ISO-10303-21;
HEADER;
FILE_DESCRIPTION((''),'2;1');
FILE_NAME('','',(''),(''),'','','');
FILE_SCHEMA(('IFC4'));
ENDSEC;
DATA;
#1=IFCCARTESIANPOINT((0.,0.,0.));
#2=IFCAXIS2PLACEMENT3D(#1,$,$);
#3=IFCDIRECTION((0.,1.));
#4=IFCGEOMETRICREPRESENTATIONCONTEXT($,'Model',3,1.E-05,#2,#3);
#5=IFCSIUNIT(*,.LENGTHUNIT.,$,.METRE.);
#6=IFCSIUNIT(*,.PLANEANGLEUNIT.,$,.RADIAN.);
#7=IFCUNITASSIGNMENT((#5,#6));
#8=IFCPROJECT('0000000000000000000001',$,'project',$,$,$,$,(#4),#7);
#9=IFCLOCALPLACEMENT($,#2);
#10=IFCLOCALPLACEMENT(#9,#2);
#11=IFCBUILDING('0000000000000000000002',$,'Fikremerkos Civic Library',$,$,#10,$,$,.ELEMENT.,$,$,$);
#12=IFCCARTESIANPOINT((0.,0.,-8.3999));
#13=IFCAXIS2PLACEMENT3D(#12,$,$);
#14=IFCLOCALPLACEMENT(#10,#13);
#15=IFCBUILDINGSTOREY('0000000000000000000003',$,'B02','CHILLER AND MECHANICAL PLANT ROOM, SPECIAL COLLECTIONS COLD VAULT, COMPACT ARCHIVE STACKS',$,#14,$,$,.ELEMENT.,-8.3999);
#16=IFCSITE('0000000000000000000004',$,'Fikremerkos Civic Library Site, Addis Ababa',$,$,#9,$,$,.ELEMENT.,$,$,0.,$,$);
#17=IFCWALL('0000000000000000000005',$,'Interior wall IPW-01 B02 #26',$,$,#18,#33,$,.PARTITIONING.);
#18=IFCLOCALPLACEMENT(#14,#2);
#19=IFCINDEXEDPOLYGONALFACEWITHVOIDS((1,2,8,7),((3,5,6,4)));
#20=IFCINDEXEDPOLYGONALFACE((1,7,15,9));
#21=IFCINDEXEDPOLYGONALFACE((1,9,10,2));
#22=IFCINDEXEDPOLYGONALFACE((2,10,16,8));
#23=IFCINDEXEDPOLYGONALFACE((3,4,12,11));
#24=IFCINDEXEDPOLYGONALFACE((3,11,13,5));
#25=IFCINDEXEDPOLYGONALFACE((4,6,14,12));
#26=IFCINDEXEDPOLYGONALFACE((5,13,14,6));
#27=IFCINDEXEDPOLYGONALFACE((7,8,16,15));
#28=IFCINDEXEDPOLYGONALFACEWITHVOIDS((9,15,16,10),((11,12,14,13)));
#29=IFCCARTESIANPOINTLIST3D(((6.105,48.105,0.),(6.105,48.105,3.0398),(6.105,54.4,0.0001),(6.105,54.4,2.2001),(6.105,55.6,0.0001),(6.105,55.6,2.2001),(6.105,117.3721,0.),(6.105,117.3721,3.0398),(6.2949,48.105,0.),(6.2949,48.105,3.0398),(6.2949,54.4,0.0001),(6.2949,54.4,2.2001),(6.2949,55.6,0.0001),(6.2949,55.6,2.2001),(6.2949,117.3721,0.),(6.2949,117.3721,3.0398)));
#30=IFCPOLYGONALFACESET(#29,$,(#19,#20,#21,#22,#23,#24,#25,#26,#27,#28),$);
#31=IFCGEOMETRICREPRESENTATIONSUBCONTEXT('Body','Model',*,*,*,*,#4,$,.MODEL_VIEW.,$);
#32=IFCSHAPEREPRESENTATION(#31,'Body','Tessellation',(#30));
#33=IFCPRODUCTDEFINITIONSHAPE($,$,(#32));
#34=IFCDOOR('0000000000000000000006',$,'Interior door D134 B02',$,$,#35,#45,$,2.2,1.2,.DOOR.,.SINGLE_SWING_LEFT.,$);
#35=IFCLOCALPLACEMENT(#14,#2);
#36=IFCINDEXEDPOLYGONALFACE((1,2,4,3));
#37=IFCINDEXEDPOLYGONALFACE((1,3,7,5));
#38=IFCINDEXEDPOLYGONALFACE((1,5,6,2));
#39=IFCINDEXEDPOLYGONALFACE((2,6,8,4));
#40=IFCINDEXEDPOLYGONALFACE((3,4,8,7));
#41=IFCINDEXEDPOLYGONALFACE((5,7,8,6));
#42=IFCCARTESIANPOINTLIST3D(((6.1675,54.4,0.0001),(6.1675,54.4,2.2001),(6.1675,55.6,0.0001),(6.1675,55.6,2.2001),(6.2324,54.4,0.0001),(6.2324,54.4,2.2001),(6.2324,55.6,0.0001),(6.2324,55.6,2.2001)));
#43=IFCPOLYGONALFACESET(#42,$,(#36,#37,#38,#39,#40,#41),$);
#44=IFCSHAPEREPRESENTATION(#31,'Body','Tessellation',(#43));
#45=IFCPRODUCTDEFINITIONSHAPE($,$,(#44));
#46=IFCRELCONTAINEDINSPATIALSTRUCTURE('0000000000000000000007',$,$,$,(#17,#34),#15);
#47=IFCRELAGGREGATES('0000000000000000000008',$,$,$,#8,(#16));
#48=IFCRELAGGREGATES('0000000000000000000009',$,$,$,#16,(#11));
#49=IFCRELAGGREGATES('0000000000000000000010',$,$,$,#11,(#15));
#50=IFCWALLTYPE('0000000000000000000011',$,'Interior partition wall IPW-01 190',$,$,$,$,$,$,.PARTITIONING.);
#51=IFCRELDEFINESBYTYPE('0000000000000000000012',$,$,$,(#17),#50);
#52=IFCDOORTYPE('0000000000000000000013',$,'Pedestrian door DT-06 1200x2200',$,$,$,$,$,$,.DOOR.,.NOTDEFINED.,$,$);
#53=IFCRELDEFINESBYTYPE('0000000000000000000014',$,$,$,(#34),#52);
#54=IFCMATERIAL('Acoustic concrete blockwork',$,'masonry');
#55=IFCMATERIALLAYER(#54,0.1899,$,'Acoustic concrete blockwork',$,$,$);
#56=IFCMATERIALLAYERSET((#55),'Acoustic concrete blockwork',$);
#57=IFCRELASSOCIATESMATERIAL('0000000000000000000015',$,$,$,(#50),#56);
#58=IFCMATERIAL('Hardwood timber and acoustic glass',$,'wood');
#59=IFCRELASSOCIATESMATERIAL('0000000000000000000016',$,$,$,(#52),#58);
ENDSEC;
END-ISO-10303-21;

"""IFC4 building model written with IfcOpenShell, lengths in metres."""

from ifc_helpers import new_model, si_unit, direction, frame, frame_2d, origin, place, context, subcontext, project, spatial, rectangle, extrude, material, layer, layer_set, type_object, element, fill, save


model = new_model("IFC4")

# Units and contexts
model_context = context("Model", 3, precision=1e-05, world=origin(), true_north=direction((0.0, 1.0)))
body_context = subcontext(model_context, "Body", "Model", "MODEL_VIEW")
ifc_project = project(units=[si_unit("LENGTHUNIT", "METRE"), si_unit("PLANEANGLEUNIT", "RADIAN")], contexts=[model_context])

# Site, building, storey
site_placement = place(None, origin())
site = spatial("IfcSite", under=ifc_project, at=site_placement, Name="Fikremerkos Civic Library Site, Addis Ababa", CompositionType="ELEMENT", RefElevation=0.0)
building_placement = place(site_placement, origin())
building = spatial("IfcBuilding", under=site, at=building_placement, Name="Fikremerkos Civic Library", CompositionType="ELEMENT")
storey_placement = place(building_placement, frame((0.0, 0.0, -8.3999)))
storey = spatial("IfcBuildingStorey", under=building, at=storey_placement, Name="B02", Description="CHILLER AND MECHANICAL PLANT ROOM, SPECIAL COLLECTIONS COLD VAULT, COMPACT ARCHIVE STACKS", CompositionType="ELEMENT", Elevation=-8.3999)

# Shared definitions
ifc_material_1 = material(Name="Acoustic concrete blockwork", Category="masonry")
ifc_layer_1 = layer(ifc_material_1, 0.1899, Name="Acoustic concrete blockwork")
ifc_layer_set_1 = layer_set([ifc_layer_1], Name="Acoustic concrete blockwork")
wall_type_1 = type_object("IfcWallType", Name="Interior partition wall IPW-01 190", PredefinedType="PARTITIONING", material=ifc_layer_set_1)

# Wall, opening, door
wall_1_placement = place(storey_placement, frame((6.2, 48.105, 0.0), z_axis=(0.0, 0.0, 1.0), x_axis=(0.0, 1.0, 0.0)))
wall_1 = element("IfcWall", 1, at=wall_1_placement, inside=storey, type_object=wall_type_1, Name="Interior wall IPW-01 B02 #26", PredefinedType="PARTITIONING", context=body_context, shape_type="SweptSolid", body=[
    extrude(rectangle(XDim=69.2671, YDim=0.1899, at=frame_2d((34.6335, 0.0))), origin(), (0.0, 0.0, 1.0), 3.0398),
])
opening_placement = place(wall_1_placement, frame((6.2949, 0.0, 0.0)))
opening = element("IfcOpeningElement", 2, at=opening_placement, cuts=wall_1, PredefinedType="OPENING", context=body_context, shape_type="SweptSolid", body=[
    extrude(rectangle(XDim=1.2, YDim=2.2, at=frame_2d((0.6001, 1.1001))), frame((0.0, 0.105, 0.0), z_axis=(0.0, -1.0, 0.0), x_axis=(1.0, 0.0, 0.0)), (0.0, 0.0, 1.0), 0.21),
])
ifc_material_2 = material(Name="Hardwood timber and acoustic glass", Category="wood")
door_type = type_object("IfcDoorType", Name="Pedestrian door DT-06 1200x2200", OperationType="NOTDEFINED", PredefinedType="DOOR", material=ifc_material_2)
door_placement = place(opening_placement, origin())
door = element("IfcDoor", 3, at=door_placement, inside=storey, type_object=door_type, Name="Interior door D134 B02", OperationType="SINGLE_SWING_LEFT", OverallHeight=2.2, OverallWidth=1.2, PredefinedType="DOOR", context=body_context, shape_type="SweptSolid", body=[
    extrude(rectangle(XDim=1.2, YDim=2.2, at=frame_2d((0.6001, 1.1001))), frame((0.0, 0.0325, 0.0), z_axis=(0.0, -1.0, 0.0), x_axis=(1.0, 0.0, 0.0)), (0.0, 0.0, 1.0), 0.0649),
])
fill(opening, door)

save(model, "model.ifc")
